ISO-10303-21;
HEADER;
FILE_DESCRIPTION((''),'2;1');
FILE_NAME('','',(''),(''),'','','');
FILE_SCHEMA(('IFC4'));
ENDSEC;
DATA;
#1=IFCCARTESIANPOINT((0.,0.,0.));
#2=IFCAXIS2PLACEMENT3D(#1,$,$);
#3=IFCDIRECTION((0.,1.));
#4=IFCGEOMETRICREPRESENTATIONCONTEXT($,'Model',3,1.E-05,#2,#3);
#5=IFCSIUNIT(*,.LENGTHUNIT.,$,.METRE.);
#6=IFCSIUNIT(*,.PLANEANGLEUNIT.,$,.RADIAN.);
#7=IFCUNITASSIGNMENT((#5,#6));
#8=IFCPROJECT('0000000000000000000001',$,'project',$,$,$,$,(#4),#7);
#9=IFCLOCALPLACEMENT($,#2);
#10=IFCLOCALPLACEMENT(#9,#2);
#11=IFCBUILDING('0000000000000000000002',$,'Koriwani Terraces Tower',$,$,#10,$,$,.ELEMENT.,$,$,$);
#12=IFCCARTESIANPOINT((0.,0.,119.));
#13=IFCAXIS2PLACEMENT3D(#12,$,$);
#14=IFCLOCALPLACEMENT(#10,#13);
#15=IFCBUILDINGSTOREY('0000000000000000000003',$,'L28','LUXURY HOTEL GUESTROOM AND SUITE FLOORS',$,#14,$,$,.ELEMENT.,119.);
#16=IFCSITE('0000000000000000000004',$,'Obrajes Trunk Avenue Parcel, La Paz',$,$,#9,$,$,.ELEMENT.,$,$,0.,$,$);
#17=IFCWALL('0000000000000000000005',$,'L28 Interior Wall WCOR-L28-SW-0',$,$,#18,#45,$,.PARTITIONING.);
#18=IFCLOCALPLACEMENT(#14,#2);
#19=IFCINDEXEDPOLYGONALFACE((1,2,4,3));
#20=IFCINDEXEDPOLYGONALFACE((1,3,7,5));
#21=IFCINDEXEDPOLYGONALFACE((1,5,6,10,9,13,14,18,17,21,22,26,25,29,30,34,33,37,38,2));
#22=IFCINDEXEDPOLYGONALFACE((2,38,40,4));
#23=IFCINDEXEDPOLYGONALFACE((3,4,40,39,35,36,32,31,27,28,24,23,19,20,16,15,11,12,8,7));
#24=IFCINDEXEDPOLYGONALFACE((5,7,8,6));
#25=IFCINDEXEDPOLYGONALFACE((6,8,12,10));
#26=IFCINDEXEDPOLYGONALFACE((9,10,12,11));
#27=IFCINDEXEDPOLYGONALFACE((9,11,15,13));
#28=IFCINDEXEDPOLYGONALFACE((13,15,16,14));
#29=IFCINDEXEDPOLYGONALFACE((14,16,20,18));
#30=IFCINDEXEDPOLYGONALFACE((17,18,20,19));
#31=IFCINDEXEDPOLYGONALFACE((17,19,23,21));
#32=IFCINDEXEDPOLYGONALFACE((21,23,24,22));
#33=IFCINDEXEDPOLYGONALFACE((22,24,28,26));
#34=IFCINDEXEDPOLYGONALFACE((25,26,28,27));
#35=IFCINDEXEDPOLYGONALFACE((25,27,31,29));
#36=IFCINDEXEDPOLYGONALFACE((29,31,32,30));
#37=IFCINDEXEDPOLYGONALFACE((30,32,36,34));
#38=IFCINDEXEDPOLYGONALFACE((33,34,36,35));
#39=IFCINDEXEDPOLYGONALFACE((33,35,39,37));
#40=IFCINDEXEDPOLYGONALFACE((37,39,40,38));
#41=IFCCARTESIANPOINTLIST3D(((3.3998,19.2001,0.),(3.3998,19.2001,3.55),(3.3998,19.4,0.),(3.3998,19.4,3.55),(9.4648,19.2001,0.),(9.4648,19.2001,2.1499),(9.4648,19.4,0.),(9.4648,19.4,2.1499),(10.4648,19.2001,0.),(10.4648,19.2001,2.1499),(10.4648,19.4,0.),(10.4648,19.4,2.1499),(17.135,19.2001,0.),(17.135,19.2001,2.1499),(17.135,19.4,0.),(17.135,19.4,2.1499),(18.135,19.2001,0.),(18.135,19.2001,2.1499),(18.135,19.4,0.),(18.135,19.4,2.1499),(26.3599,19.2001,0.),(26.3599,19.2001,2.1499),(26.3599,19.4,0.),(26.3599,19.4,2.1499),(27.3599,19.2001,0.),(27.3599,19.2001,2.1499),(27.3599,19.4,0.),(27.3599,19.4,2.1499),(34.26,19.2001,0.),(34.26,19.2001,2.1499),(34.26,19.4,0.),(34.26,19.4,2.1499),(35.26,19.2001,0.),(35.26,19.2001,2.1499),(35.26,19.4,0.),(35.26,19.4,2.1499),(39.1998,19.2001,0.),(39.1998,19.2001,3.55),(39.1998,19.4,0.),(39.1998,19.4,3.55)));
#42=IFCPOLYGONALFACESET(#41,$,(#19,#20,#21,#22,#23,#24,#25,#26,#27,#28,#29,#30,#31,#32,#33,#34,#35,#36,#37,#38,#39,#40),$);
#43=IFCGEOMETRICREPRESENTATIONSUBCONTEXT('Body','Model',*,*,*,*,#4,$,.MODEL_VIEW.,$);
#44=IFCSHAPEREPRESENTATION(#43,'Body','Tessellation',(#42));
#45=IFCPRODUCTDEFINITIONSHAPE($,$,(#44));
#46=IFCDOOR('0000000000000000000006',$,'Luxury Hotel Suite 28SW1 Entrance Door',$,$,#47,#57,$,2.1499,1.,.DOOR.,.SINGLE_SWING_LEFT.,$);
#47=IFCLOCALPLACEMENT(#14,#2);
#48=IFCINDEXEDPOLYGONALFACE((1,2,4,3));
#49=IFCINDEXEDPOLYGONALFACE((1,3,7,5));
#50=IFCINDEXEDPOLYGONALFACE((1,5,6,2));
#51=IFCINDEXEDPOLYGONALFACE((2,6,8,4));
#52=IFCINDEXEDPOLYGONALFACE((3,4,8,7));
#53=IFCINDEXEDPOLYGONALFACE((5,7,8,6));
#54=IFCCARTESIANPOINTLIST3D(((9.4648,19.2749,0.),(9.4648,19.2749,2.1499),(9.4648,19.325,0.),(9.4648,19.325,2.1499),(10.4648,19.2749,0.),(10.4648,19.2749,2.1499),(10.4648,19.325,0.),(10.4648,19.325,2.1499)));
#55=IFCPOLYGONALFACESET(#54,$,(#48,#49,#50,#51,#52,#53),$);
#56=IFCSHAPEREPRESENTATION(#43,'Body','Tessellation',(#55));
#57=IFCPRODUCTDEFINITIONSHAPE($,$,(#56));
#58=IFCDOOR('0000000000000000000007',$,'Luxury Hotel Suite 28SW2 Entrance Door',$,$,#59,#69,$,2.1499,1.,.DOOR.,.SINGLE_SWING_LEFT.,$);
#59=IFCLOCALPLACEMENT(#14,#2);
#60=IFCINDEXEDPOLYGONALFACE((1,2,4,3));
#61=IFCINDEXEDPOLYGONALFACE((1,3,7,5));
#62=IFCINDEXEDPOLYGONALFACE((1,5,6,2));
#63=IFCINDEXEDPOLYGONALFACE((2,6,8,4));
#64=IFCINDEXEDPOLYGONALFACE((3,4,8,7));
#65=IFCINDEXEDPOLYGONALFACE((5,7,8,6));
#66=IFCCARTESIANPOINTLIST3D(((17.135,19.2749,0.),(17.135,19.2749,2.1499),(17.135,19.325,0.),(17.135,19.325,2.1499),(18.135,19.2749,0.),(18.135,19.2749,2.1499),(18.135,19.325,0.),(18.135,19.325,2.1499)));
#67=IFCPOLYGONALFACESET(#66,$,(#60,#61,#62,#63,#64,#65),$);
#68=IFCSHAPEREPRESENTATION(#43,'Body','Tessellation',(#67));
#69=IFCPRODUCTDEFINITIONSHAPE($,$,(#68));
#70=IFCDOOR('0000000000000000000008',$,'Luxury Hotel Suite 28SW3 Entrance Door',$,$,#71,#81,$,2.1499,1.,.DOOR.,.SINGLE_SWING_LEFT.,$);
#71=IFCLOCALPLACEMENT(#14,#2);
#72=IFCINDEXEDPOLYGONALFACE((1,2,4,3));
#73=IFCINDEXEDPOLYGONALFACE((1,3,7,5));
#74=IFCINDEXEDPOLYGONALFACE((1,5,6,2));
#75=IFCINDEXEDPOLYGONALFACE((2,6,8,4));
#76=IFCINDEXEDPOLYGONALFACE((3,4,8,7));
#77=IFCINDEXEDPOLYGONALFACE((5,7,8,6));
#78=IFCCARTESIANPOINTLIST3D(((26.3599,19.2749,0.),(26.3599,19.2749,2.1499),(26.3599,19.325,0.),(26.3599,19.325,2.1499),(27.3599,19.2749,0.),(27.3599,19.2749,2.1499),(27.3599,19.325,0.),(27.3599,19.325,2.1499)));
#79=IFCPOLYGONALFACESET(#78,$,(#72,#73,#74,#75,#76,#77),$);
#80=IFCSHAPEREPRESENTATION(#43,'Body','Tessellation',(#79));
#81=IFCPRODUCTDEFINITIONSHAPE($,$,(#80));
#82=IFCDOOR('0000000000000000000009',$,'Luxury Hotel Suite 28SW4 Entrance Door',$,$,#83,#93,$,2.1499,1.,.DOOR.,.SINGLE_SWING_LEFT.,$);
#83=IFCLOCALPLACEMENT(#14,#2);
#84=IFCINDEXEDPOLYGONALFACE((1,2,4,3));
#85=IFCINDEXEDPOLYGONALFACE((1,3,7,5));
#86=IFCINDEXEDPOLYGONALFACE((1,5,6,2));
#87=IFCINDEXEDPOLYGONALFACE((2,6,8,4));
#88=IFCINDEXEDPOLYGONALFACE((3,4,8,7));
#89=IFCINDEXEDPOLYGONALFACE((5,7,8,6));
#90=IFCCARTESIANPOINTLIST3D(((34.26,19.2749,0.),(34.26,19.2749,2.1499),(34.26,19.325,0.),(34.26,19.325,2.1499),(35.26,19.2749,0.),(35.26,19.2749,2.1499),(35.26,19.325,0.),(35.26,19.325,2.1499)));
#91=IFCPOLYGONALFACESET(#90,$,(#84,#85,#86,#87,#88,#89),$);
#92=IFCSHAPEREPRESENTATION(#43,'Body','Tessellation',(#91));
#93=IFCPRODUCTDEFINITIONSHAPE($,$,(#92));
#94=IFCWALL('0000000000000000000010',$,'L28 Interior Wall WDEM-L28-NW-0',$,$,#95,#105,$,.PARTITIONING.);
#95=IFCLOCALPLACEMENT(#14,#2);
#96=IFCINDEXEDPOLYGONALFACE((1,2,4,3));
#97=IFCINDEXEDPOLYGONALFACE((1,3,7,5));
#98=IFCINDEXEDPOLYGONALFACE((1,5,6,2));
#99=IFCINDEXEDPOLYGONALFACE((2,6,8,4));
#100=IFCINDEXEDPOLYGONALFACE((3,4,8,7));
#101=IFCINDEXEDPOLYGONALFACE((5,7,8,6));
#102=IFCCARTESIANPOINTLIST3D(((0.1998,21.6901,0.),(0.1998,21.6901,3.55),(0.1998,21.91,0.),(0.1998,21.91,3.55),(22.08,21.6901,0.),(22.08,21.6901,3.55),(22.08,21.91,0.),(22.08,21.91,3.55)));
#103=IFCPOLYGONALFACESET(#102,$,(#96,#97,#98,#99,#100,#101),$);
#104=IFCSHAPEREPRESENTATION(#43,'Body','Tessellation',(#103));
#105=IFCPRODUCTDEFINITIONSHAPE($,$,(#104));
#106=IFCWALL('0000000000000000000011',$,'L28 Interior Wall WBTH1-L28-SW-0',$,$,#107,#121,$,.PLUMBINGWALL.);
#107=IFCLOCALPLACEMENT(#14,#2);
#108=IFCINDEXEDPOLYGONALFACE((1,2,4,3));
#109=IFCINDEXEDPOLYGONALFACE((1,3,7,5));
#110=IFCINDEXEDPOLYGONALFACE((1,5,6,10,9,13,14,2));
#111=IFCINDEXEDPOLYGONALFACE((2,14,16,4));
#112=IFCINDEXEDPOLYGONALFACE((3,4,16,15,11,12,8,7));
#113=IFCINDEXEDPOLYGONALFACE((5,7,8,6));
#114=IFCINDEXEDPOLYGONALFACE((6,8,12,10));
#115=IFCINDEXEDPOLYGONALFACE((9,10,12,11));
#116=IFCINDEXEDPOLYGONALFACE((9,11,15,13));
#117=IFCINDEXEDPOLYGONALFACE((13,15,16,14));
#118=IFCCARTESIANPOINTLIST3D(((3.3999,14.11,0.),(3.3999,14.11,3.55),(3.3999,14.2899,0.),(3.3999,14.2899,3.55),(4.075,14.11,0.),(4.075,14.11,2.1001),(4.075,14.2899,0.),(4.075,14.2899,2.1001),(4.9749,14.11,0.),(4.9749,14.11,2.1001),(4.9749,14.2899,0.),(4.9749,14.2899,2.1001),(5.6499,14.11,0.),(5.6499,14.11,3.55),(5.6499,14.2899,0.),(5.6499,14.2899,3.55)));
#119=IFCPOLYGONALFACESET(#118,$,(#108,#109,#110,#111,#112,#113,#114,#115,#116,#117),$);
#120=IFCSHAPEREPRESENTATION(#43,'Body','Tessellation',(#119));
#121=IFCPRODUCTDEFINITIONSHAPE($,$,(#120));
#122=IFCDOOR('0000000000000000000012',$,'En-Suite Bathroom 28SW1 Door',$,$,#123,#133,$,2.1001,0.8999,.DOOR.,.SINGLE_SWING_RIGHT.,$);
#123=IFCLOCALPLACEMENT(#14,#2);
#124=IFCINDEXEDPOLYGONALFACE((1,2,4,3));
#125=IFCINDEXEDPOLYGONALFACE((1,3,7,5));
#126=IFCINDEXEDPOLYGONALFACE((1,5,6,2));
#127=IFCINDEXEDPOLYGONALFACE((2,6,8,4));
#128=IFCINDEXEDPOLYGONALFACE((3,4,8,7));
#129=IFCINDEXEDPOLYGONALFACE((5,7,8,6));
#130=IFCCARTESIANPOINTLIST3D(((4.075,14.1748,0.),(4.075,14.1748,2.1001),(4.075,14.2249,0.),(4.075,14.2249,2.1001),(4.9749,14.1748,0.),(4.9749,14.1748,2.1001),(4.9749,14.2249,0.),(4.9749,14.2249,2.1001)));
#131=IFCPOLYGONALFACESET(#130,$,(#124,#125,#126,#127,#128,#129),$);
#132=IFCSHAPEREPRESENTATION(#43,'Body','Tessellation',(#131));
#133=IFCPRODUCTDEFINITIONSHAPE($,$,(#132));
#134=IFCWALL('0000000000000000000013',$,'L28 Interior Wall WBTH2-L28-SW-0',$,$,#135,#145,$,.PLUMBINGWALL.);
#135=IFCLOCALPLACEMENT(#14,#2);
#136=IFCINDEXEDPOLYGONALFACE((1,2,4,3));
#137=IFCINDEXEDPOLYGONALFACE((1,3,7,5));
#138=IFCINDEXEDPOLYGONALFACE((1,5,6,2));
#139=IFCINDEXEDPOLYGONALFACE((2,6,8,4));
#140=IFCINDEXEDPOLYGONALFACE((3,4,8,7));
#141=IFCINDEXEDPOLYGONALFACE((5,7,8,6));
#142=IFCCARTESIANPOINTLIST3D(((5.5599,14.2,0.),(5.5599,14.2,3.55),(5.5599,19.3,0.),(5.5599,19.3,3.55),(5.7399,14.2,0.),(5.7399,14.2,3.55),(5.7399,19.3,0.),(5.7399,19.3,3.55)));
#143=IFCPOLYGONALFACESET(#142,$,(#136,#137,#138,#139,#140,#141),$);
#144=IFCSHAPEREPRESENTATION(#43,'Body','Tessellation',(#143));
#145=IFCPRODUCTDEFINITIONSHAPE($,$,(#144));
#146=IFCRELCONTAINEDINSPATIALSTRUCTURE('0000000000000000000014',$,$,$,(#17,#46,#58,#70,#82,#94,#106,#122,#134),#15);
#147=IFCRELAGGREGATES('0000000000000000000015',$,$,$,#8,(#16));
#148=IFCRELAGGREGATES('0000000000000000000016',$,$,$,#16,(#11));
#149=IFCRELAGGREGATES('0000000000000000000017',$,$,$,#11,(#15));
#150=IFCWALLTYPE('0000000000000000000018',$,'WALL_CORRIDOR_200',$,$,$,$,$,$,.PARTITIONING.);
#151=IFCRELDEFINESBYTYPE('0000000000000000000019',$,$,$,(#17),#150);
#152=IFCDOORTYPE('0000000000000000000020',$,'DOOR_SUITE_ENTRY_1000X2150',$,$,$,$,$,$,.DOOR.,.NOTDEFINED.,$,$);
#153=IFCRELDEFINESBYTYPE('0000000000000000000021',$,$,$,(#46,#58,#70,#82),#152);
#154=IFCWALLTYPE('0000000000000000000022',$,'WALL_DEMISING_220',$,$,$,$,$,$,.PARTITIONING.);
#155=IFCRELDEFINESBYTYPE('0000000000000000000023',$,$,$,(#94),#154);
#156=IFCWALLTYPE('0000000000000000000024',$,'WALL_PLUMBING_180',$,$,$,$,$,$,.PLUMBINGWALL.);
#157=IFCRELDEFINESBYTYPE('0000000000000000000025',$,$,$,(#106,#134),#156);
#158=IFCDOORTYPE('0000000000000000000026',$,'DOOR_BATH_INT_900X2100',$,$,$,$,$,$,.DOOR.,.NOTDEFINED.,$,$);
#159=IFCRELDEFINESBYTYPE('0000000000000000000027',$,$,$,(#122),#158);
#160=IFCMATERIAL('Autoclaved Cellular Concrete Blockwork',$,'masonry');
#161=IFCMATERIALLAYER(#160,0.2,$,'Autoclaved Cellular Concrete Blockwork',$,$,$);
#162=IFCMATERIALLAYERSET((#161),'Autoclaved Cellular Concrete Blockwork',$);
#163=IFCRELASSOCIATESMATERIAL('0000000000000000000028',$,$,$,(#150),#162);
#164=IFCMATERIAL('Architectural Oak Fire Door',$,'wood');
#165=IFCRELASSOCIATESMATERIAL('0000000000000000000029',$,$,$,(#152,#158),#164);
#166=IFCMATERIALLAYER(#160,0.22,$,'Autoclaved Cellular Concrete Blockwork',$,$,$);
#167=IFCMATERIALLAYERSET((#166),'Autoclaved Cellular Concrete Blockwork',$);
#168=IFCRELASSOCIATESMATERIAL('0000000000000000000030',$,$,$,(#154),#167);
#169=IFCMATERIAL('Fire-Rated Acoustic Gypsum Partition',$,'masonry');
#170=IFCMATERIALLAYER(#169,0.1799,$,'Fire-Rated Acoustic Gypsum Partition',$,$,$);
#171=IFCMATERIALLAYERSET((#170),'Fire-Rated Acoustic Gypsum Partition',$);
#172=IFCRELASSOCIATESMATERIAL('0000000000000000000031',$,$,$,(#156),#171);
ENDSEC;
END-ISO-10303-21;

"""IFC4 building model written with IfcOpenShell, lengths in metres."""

from ifc_helpers import new_model, si_unit, direction, frame, frame_2d, origin, place, context, subcontext, project, spatial, rectangle, extrude, material, layer, layer_set, type_object, element, fill, save


model = new_model("IFC4")

# Units and contexts
model_context = context("Model", 3, precision=1e-05, world=origin(), true_north=direction((0.0, 1.0)))
body_context = subcontext(model_context, "Body", "Model", "MODEL_VIEW")
ifc_project = project(units=[si_unit("LENGTHUNIT", "METRE"), si_unit("PLANEANGLEUNIT", "RADIAN")], contexts=[model_context])

# Site, building, storey
site_placement = place(None, origin())
site = spatial("IfcSite", under=ifc_project, at=site_placement, Name="Obrajes Trunk Avenue Parcel, La Paz", CompositionType="ELEMENT", RefElevation=0.0)
building_placement = place(site_placement, origin())
building = spatial("IfcBuilding", under=site, at=building_placement, Name="Koriwani Terraces Tower", CompositionType="ELEMENT")
storey_placement = place(building_placement, frame((0.0, 0.0, 119.0)))
storey = spatial("IfcBuildingStorey", under=building, at=storey_placement, Name="L28", Description="LUXURY HOTEL GUESTROOM AND SUITE FLOORS", CompositionType="ELEMENT", Elevation=119.0)

# Wall, openings, doors
ifc_material_1 = material(Name="Autoclaved Cellular Concrete Blockwork", Category="masonry")
ifc_layer_1 = layer(ifc_material_1, 0.2, Name="Autoclaved Cellular Concrete Blockwork")
ifc_layer_set_1 = layer_set([ifc_layer_1], Name="Autoclaved Cellular Concrete Blockwork")
wall_type_1 = type_object("IfcWallType", Name="WALL_CORRIDOR_200", PredefinedType="PARTITIONING", material=ifc_layer_set_1)
wall_1_placement = place(storey_placement, frame((3.3999, 19.3, 0.0), z_axis=(0.0, 0.0, 1.0), x_axis=(1.0, 0.0, 0.0)))
wall_1 = element("IfcWall", 1, at=wall_1_placement, inside=storey, type_object=wall_type_1, Name="L28 Interior Wall WCOR-L28-SW-0", PredefinedType="PARTITIONING", context=body_context, shape_type="SweptSolid", body=[
    extrude(rectangle(XDim=35.8, YDim=0.2, at=frame_2d((17.8999, 0.0))), origin(), (0.0, 0.0, 1.0), 3.55),
])
opening_1_placement = place(wall_1_placement, frame((6.0649, 0.0, 0.0)))
opening_1 = element("IfcOpeningElement", 2, at=opening_1_placement, cuts=wall_1, PredefinedType="OPENING", context=body_context, shape_type="SweptSolid", body=[
    extrude(rectangle(XDim=1.0, YDim=2.1499, at=frame_2d((0.5, 1.075))), frame((0.0, 0.1099, 0.0), z_axis=(0.0, -1.0, 0.0), x_axis=(1.0, 0.0, 0.0)), (0.0, 0.0, 1.0), 0.22),
])
opening_2_placement = place(wall_1_placement, frame((13.7351, 0.0, 0.0)))
opening_2 = element("IfcOpeningElement", 3, at=opening_2_placement, cuts=wall_1, PredefinedType="OPENING", context=body_context, shape_type="SweptSolid", body=[
    extrude(rectangle(XDim=1.0, YDim=2.1499, at=frame_2d((0.5, 1.075))), frame((0.0, 0.1099, 0.0), z_axis=(0.0, -1.0, 0.0), x_axis=(1.0, 0.0, 0.0)), (0.0, 0.0, 1.0), 0.22),
])
opening_3_placement = place(wall_1_placement, frame((22.96, 0.0, 0.0)))
opening_3 = element("IfcOpeningElement", 4, at=opening_3_placement, cuts=wall_1, PredefinedType="OPENING", context=body_context, shape_type="SweptSolid", body=[
    extrude(rectangle(XDim=1.0, YDim=2.1499, at=frame_2d((0.5, 1.075))), frame((0.0, 0.1099, 0.0), z_axis=(0.0, -1.0, 0.0), x_axis=(1.0, 0.0, 0.0)), (0.0, 0.0, 1.0), 0.22),
])
opening_4_placement = place(wall_1_placement, frame((30.8601, 0.0, 0.0)))
opening_4 = element("IfcOpeningElement", 5, at=opening_4_placement, cuts=wall_1, PredefinedType="OPENING", context=body_context, shape_type="SweptSolid", body=[
    extrude(rectangle(XDim=1.0, YDim=2.1499, at=frame_2d((0.5, 1.075))), frame((0.0, 0.1099, 0.0), z_axis=(0.0, -1.0, 0.0), x_axis=(1.0, 0.0, 0.0)), (0.0, 0.0, 1.0), 0.22),
])
ifc_material_2 = material(Name="Architectural Oak Fire Door", Category="wood")
door_type_1 = type_object("IfcDoorType", Name="DOOR_SUITE_ENTRY_1000X2150", OperationType="NOTDEFINED", PredefinedType="DOOR", material=ifc_material_2)
door_1_placement = place(opening_1_placement, origin())
door_1 = element("IfcDoor", 6, at=door_1_placement, inside=storey, type_object=door_type_1, Name="Luxury Hotel Suite 28SW1 Entrance Door", OperationType="SINGLE_SWING_LEFT", OverallHeight=2.1499, OverallWidth=1.0, PredefinedType="DOOR", context=body_context, shape_type="SweptSolid", body=[
    extrude(rectangle(XDim=1.0, YDim=2.1499, at=frame_2d((0.5, 1.075))), frame((0.0, 0.0249, 0.0), z_axis=(0.0, -1.0, 0.0), x_axis=(1.0, 0.0, 0.0)), (0.0, 0.0, 1.0), 0.05),
])
fill(opening_1, door_1)
door_2_placement = place(opening_2_placement, origin())
door_2 = element("IfcDoor", 7, at=door_2_placement, inside=storey, type_object=door_type_1, Name="Luxury Hotel Suite 28SW2 Entrance Door", OperationType="SINGLE_SWING_LEFT", OverallHeight=2.1499, OverallWidth=1.0, PredefinedType="DOOR", context=body_context, shape_type="SweptSolid", body=[
    extrude(rectangle(XDim=1.0, YDim=2.1499, at=frame_2d((0.5, 1.075))), frame((0.0, 0.0249, 0.0), z_axis=(0.0, -1.0, 0.0), x_axis=(1.0, 0.0, 0.0)), (0.0, 0.0, 1.0), 0.05),
])
fill(opening_2, door_2)
door_3_placement = place(opening_3_placement, origin())
door_3 = element("IfcDoor", 8, at=door_3_placement, inside=storey, type_object=door_type_1, Name="Luxury Hotel Suite 28SW3 Entrance Door", OperationType="SINGLE_SWING_LEFT", OverallHeight=2.1499, OverallWidth=1.0, PredefinedType="DOOR", context=body_context, shape_type="SweptSolid", body=[
    extrude(rectangle(XDim=1.0, YDim=2.1499, at=frame_2d((0.5, 1.075))), frame((0.0, 0.0249, 0.0), z_axis=(0.0, -1.0, 0.0), x_axis=(1.0, 0.0, 0.0)), (0.0, 0.0, 1.0), 0.05),
])
fill(opening_3, door_3)
door_4_placement = place(opening_4_placement, origin())
door_4 = element("IfcDoor", 9, at=door_4_placement, inside=storey, type_object=door_type_1, Name="Luxury Hotel Suite 28SW4 Entrance Door", OperationType="SINGLE_SWING_LEFT", OverallHeight=2.1499, OverallWidth=1.0, PredefinedType="DOOR", context=body_context, shape_type="SweptSolid", body=[
    extrude(rectangle(XDim=1.0, YDim=2.1499, at=frame_2d((0.5, 1.075))), frame((0.0, 0.0249, 0.0), z_axis=(0.0, -1.0, 0.0), x_axis=(1.0, 0.0, 0.0)), (0.0, 0.0, 1.0), 0.05),
])
fill(opening_4, door_4)

# Wall
ifc_layer_2 = layer(ifc_material_1, 0.22, Name="Autoclaved Cellular Concrete Blockwork")
ifc_layer_set_2 = layer_set([ifc_layer_2], Name="Autoclaved Cellular Concrete Blockwork")
wall_type_2 = type_object("IfcWallType", Name="WALL_DEMISING_220", PredefinedType="PARTITIONING", material=ifc_layer_set_2)
wall_2_placement = place(storey_placement, frame((0.2, 21.8, 0.0), z_axis=(0.0, 0.0, 1.0), x_axis=(1.0, 0.0, 0.0)))
element("IfcWall", 10, at=wall_2_placement, inside=storey, type_object=wall_type_2, Name="L28 Interior Wall WDEM-L28-NW-0", PredefinedType="PARTITIONING", context=body_context, shape_type="SweptSolid", body=[
    extrude(rectangle(XDim=21.8801, YDim=0.22, at=frame_2d((10.9399, 0.0))), origin(), (0.0, 0.0, 1.0), 3.55),
])

# Wall, opening, door
ifc_material_3 = material(Name="Fire-Rated Acoustic Gypsum Partition", Category="masonry")
ifc_layer_3 = layer(ifc_material_3, 0.1799, Name="Fire-Rated Acoustic Gypsum Partition")
ifc_layer_set_3 = layer_set([ifc_layer_3], Name="Fire-Rated Acoustic Gypsum Partition")
wall_type_3 = type_object("IfcWallType", Name="WALL_PLUMBING_180", PredefinedType="PLUMBINGWALL", material=ifc_layer_set_3)
wall_3_placement = place(storey_placement, frame((3.3999, 14.2, 0.0), z_axis=(0.0, 0.0, 1.0), x_axis=(1.0, 0.0, 0.0)))
wall_3 = element("IfcWall", 11, at=wall_3_placement, inside=storey, type_object=wall_type_3, Name="L28 Interior Wall WBTH1-L28-SW-0", PredefinedType="PLUMBINGWALL", context=body_context, shape_type="SweptSolid", body=[
    extrude(rectangle(XDim=2.25, YDim=0.1799, at=frame_2d((1.125, 0.0))), origin(), (0.0, 0.0, 1.0), 3.55),
])
opening_5_placement = place(wall_3_placement, frame((0.675, 0.0, 0.0)))
opening_5 = element("IfcOpeningElement", 12, at=opening_5_placement, cuts=wall_3, PredefinedType="OPENING", context=body_context, shape_type="SweptSolid", body=[
    extrude(rectangle(XDim=0.8999, YDim=2.1001, at=frame_2d((0.45, 1.05))), frame((0.0, 0.1001, 0.0), z_axis=(0.0, -1.0, 0.0), x_axis=(1.0, 0.0, 0.0)), (0.0, 0.0, 1.0), 0.2),
])
door_type_2 = type_object("IfcDoorType", Name="DOOR_BATH_INT_900X2100", OperationType="NOTDEFINED", PredefinedType="DOOR", material=ifc_material_2)
door_5_placement = place(opening_5_placement, origin())
door_5 = element("IfcDoor", 13, at=door_5_placement, inside=storey, type_object=door_type_2, Name="En-Suite Bathroom 28SW1 Door", OperationType="SINGLE_SWING_RIGHT", OverallHeight=2.1001, OverallWidth=0.8999, PredefinedType="DOOR", context=body_context, shape_type="SweptSolid", body=[
    extrude(rectangle(XDim=0.8999, YDim=2.1001, at=frame_2d((0.45, 1.05))), frame((0.0, 0.0249, 0.0), z_axis=(0.0, -1.0, 0.0), x_axis=(1.0, 0.0, 0.0)), (0.0, 0.0, 1.0), 0.05),
])
fill(opening_5, door_5)

# Wall
wall_4_placement = place(storey_placement, frame((5.6499, 14.2, 0.0), z_axis=(0.0, 0.0, 1.0), x_axis=(0.0, 1.0, 0.0)))
element("IfcWall", 14, at=wall_4_placement, inside=storey, type_object=wall_type_3, Name="L28 Interior Wall WBTH2-L28-SW-0", PredefinedType="PLUMBINGWALL", context=body_context, shape_type="SweptSolid", body=[
    extrude(rectangle(XDim=5.1001, YDim=0.1799, at=frame_2d((2.55, 0.0))), origin(), (0.0, 0.0, 1.0), 3.55),
])

save(model, "model.ifc")
